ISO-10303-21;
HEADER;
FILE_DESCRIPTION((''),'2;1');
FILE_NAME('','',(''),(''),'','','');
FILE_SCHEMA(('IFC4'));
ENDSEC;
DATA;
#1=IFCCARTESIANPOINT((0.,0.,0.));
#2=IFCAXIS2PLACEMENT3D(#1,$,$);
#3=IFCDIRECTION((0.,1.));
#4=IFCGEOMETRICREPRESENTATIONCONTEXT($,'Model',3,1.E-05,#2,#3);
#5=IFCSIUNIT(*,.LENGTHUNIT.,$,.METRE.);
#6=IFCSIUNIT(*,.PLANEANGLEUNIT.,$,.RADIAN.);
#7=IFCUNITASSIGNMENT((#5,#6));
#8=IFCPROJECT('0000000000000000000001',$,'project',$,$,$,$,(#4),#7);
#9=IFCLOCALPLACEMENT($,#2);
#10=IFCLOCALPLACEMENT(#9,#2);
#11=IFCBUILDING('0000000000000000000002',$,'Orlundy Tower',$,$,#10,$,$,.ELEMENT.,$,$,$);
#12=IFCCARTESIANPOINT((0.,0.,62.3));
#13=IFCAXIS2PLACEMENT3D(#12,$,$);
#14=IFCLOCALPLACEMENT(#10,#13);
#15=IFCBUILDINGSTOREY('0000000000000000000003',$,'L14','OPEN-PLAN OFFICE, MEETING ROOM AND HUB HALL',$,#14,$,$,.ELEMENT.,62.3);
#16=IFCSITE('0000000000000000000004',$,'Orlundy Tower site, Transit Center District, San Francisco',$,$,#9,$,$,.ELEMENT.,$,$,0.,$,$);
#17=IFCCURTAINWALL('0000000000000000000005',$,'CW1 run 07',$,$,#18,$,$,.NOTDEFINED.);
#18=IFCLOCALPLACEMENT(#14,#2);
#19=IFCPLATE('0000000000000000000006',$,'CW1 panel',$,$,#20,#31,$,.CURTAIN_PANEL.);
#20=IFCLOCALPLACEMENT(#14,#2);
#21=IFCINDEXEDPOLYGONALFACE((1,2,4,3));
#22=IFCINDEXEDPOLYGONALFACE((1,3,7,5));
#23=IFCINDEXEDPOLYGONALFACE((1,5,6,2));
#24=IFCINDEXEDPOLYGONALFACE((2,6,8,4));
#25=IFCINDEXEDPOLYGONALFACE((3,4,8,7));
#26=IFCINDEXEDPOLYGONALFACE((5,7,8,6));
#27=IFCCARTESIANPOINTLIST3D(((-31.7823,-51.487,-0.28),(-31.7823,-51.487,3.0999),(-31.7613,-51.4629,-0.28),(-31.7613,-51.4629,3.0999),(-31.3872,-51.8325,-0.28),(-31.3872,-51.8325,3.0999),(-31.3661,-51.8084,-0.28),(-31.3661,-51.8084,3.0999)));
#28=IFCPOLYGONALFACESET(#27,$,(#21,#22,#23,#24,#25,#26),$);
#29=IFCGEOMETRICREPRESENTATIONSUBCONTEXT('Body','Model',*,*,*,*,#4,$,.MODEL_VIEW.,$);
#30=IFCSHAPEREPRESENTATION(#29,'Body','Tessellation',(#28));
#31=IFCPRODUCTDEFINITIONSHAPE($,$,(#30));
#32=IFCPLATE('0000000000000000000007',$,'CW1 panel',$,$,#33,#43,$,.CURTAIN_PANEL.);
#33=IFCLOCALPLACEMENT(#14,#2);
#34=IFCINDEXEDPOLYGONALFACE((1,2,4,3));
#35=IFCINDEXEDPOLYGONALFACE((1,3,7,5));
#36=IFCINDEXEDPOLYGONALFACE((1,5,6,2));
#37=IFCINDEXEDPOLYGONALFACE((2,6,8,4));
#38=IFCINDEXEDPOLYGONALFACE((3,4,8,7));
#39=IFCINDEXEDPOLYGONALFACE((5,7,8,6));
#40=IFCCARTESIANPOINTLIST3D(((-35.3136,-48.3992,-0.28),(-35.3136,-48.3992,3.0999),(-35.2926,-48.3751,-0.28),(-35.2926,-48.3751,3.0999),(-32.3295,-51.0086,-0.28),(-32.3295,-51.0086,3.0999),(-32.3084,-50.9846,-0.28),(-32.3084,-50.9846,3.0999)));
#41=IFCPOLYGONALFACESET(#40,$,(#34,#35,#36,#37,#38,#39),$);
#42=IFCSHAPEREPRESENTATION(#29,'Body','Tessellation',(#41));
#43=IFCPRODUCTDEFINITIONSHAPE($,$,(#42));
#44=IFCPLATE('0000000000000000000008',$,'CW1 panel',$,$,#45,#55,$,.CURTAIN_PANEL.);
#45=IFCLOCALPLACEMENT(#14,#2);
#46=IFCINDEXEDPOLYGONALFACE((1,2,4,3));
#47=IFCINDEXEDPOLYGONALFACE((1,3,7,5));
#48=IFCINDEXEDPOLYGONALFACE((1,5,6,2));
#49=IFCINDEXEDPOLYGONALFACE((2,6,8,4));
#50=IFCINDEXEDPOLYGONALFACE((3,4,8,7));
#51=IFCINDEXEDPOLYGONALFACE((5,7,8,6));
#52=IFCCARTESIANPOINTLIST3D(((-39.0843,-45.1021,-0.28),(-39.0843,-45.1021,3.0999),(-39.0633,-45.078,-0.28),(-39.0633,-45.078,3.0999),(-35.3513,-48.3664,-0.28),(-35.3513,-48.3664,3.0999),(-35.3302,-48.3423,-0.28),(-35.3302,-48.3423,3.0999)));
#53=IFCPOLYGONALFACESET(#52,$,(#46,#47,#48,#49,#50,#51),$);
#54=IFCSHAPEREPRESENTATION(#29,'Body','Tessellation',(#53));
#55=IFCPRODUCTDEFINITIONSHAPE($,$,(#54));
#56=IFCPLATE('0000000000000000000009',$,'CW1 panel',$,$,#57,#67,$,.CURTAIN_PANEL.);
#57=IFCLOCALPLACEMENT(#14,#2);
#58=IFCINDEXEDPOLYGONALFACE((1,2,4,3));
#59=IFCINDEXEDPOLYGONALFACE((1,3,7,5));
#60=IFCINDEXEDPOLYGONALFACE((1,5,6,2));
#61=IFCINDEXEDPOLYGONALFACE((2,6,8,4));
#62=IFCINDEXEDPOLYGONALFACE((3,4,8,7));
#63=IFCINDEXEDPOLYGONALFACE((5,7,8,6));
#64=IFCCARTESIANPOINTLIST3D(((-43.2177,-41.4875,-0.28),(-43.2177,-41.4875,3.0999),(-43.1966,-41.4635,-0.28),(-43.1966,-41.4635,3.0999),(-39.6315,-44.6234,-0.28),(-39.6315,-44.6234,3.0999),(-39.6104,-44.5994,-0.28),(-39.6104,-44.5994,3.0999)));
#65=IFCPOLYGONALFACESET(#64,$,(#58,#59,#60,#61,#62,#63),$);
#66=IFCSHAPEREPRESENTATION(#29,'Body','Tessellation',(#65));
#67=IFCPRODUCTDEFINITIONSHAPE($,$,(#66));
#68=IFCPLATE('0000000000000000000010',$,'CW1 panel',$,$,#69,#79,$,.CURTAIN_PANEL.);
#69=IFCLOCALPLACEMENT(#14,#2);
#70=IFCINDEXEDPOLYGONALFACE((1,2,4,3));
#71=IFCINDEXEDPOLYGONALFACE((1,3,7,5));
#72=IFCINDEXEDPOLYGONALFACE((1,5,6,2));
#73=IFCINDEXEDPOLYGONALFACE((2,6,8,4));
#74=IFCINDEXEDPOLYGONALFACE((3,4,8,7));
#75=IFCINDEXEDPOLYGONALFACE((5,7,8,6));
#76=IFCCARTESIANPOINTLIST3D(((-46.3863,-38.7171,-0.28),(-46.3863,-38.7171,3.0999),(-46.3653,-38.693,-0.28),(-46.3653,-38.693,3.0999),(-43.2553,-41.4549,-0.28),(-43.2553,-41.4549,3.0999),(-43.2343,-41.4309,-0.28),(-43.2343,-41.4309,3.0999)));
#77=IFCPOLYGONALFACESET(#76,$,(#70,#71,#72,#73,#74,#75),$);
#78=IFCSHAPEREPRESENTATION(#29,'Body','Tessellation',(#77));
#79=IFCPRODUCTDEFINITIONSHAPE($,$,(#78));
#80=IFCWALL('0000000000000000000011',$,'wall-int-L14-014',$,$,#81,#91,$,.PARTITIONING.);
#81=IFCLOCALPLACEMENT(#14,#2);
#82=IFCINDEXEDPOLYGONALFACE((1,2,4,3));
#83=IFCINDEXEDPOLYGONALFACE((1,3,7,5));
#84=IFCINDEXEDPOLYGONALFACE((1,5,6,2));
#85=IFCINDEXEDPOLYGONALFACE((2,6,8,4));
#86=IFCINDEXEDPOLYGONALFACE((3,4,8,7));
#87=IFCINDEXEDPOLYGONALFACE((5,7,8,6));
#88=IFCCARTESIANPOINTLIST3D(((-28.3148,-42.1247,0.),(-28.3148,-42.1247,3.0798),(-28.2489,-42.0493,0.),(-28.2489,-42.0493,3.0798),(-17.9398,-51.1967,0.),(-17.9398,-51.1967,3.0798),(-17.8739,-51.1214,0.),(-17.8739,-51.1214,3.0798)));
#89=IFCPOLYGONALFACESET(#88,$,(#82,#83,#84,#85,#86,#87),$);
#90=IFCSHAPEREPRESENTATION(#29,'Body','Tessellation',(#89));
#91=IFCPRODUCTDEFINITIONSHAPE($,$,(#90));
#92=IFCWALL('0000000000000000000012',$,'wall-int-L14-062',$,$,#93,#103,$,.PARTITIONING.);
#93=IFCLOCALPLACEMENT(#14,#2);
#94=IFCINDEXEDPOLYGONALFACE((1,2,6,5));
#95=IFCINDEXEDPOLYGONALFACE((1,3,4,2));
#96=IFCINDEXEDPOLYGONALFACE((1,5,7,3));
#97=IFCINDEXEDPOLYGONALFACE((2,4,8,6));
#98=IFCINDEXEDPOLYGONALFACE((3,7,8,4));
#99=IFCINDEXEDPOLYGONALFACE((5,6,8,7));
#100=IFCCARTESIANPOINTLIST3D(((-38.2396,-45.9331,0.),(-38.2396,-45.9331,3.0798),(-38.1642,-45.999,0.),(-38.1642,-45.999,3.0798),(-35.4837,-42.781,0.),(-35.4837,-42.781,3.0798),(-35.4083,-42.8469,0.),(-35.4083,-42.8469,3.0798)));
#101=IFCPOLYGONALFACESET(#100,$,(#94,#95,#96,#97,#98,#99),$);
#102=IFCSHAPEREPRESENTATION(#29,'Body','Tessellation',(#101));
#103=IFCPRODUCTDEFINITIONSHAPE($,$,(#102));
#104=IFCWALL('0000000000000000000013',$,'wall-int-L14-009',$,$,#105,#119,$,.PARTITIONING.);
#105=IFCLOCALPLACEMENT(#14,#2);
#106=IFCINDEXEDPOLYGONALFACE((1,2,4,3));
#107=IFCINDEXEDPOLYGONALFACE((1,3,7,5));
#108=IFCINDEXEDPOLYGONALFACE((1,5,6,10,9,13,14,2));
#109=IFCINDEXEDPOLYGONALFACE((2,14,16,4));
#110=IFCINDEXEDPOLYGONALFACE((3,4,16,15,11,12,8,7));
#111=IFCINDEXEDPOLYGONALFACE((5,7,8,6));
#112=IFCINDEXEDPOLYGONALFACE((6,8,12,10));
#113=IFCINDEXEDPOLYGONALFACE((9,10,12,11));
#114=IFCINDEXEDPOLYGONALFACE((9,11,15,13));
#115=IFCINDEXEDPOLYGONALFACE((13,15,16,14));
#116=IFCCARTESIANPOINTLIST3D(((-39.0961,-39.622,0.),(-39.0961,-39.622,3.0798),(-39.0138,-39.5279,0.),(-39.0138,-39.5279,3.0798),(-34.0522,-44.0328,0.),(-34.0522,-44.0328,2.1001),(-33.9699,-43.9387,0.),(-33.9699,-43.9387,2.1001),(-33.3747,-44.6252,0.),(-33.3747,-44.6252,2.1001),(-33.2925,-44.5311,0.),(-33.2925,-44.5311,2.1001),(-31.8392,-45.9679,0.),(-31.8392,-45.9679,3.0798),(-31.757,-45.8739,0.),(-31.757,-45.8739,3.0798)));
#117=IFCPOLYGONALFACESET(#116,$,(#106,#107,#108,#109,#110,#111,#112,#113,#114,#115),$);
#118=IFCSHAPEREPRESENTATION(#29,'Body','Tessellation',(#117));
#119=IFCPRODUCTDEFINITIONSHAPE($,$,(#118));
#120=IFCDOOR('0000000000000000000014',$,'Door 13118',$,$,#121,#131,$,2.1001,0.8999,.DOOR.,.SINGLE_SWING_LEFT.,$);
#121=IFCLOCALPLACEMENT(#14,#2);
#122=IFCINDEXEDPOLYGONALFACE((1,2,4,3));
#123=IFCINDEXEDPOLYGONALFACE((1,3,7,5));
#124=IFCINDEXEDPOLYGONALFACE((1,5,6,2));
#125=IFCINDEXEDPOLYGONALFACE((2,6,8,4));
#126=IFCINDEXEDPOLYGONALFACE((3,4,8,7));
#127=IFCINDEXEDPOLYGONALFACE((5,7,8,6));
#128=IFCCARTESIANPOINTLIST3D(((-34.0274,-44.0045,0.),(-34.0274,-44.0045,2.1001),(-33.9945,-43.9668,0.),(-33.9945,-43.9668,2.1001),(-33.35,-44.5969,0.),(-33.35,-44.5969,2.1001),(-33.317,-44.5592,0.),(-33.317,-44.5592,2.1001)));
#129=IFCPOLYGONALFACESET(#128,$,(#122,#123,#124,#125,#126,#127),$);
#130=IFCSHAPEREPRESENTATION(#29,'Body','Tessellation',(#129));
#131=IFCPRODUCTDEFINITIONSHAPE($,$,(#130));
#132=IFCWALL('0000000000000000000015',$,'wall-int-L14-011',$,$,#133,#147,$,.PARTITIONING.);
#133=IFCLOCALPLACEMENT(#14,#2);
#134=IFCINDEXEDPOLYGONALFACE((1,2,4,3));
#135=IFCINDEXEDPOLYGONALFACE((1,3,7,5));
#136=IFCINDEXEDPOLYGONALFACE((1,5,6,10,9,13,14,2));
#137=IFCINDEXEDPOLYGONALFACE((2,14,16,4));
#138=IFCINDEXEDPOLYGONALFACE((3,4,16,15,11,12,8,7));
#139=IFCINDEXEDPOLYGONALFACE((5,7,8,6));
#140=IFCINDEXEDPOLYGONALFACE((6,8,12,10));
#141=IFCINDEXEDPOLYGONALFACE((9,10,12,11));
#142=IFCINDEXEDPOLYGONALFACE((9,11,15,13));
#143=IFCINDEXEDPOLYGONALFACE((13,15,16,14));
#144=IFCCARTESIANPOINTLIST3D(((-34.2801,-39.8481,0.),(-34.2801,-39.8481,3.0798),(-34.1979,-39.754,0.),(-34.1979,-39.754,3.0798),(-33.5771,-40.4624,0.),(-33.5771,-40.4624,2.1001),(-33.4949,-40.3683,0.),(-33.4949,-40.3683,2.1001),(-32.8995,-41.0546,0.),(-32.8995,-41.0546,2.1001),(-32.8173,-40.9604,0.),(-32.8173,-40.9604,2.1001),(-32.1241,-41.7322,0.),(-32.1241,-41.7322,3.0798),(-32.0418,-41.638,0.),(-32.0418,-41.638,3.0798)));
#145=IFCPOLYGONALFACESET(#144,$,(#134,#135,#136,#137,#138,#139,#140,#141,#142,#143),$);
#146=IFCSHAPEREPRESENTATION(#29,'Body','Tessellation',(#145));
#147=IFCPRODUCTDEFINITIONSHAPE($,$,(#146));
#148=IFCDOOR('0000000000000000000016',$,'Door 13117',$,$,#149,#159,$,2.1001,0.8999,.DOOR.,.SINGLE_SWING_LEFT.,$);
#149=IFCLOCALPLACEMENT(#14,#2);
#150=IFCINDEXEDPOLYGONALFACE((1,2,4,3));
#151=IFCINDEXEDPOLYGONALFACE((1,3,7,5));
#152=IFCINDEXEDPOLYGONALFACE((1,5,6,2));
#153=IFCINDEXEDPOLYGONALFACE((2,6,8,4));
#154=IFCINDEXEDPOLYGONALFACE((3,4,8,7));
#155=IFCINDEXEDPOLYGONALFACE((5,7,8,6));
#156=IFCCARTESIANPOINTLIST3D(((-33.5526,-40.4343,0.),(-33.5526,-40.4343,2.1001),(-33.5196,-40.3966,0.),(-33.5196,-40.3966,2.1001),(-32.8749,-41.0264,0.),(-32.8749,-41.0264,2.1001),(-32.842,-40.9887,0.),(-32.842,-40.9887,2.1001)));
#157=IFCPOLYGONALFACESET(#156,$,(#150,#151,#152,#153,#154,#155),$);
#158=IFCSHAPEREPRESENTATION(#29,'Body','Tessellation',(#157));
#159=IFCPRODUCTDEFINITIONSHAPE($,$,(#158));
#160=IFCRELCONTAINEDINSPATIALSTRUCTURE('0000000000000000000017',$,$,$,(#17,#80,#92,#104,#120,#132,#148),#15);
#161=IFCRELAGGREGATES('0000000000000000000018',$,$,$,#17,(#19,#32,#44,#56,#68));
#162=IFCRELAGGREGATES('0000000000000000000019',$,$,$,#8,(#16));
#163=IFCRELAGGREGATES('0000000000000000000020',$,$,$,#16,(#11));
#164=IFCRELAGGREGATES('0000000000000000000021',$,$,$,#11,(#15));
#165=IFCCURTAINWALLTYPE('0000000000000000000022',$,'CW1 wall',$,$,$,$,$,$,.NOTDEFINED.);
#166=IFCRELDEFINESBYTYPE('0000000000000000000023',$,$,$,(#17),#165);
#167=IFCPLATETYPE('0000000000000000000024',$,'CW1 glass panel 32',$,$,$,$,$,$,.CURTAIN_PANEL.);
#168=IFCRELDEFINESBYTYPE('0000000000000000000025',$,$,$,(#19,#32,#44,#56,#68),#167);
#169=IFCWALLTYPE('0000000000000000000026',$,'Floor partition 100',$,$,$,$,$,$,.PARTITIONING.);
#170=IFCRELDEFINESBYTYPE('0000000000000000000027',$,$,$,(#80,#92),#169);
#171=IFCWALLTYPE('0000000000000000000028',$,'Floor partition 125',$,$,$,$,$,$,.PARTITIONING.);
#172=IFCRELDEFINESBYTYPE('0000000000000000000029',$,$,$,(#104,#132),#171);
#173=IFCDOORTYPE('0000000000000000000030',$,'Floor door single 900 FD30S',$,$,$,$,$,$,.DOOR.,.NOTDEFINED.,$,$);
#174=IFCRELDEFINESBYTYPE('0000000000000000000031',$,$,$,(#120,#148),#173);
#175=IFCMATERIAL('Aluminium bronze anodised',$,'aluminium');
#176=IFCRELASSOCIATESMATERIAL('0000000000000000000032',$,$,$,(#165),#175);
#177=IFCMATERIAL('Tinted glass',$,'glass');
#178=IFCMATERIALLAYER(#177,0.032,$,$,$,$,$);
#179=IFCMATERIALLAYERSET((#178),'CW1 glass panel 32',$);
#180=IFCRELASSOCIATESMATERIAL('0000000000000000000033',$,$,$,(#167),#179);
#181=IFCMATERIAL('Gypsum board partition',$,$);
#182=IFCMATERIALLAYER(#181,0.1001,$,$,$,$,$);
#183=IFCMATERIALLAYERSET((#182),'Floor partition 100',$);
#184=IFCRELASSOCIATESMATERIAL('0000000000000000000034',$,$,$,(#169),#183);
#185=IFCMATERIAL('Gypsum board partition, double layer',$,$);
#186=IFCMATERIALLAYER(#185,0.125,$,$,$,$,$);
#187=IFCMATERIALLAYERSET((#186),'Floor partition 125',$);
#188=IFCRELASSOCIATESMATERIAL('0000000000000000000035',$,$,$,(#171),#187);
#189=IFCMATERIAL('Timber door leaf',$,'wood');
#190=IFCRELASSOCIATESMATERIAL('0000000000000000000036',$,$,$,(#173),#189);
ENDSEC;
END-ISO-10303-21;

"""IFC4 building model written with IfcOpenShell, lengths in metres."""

from ifc_helpers import new_model, si_unit, direction, frame, frame_2d, origin, origin_2d, place, context, subcontext, project, spatial, rectangle, extrude, material, layer, layer_set, type_object, element, fill, aggregate, save


model = new_model("IFC4")

# Units and contexts
model_context = context("Model", 3, precision=1e-05, world=origin(), true_north=direction((0.0, 1.0)))
body_context = subcontext(model_context, "Body", "Model", "MODEL_VIEW")
ifc_project = project(units=[si_unit("LENGTHUNIT", "METRE"), si_unit("PLANEANGLEUNIT", "RADIAN")], contexts=[model_context])

# Site, building, storey
site_placement = place(None, origin())
site = spatial("IfcSite", under=ifc_project, at=site_placement, Name="Orlundy Tower site, Transit Center District, San Francisco", CompositionType="ELEMENT", RefElevation=0.0)
building_placement = place(site_placement, origin())
building = spatial("IfcBuilding", under=site, at=building_placement, Name="Orlundy Tower", CompositionType="ELEMENT")
storey_placement = place(building_placement, frame((0.0, 0.0, 62.3)))
storey = spatial("IfcBuildingStorey", under=building, at=storey_placement, Name="L14", Description="OPEN-PLAN OFFICE, MEETING ROOM AND HUB HALL", CompositionType="ELEMENT", Elevation=62.3)

# Shared definitions
ifc_material_1 = material(Name="Aluminium bronze anodised", Category="aluminium")
curtain_wall_type = type_object("IfcCurtainWallType", Name="CW1 wall", PredefinedType="NOTDEFINED", material=ifc_material_1)

# Curtain wall
curtain_wall_1_placement = place(storey_placement, origin())
curtain_wall_1 = element("IfcCurtainWall", 1, at=curtain_wall_1_placement, inside=storey, type_object=curtain_wall_type, Name="CW1 run 07", PredefinedType="NOTDEFINED")

# Plates
ifc_material_2 = material(Name="Tinted glass", Category="glass")
ifc_layer_1 = layer(ifc_material_2, 0.032)
ifc_layer_set_1 = layer_set([ifc_layer_1], Name="CW1 glass panel 32")
plate_type = type_object("IfcPlateType", Name="CW1 glass panel 32", PredefinedType="CURTAIN_PANEL", material=ifc_layer_set_1)
plate_1_placement = place(storey_placement, frame((-31.5742, -51.6477, -0.28), z_axis=(0.0, 0.0, 1.0), x_axis=(-0.752789, 0.658262, 0.0)))
plate_1 = element("IfcPlate", 2, at=plate_1_placement, type_object=plate_type, Name="CW1 panel", PredefinedType="CURTAIN_PANEL", context=body_context, shape_type="SweptSolid", body=[
    extrude(rectangle(XDim=0.5249, YDim=0.032, at=origin_2d()), origin(), (0.0, 0.0, 1.0), 3.3799),
])
plate_2_placement = place(storey_placement, frame((-33.811, -49.6919, -0.28), z_axis=(0.0, 0.0, 1.0), x_axis=(-0.752789, 0.658262, 0.0)))
plate_2 = element("IfcPlate", 3, at=plate_2_placement, type_object=plate_type, Name="CW1 panel", PredefinedType="CURTAIN_PANEL", context=body_context, shape_type="SweptSolid", body=[
    extrude(rectangle(XDim=3.9641, YDim=0.032, at=origin_2d()), origin(), (0.0, 0.0, 1.0), 3.3799),
])
plate_3_placement = place(storey_placement, frame((-37.2073, -46.7222, -0.28), z_axis=(0.0, 0.0, 1.0), x_axis=(-0.752789, 0.658262, 0.0)))
plate_3 = element("IfcPlate", 4, at=plate_3_placement, type_object=plate_type, Name="CW1 panel", PredefinedType="CURTAIN_PANEL", context=body_context, shape_type="SweptSolid", body=[
    extrude(rectangle(XDim=4.959, YDim=0.032, at=origin_2d()), origin(), (0.0, 0.0, 1.0), 3.3799),
])
plate_4_placement = place(storey_placement, frame((-41.4141, -43.0435, -0.28), z_axis=(0.0, 0.0, 1.0), x_axis=(-0.752789, 0.658262, 0.0)))
plate_4 = element("IfcPlate", 5, at=plate_4_placement, type_object=plate_type, Name="CW1 panel", PredefinedType="CURTAIN_PANEL", context=body_context, shape_type="SweptSolid", body=[
    extrude(rectangle(XDim=4.7639, YDim=0.032, at=origin_2d()), origin(), (0.0, 0.0, 1.0), 3.3799),
])
plate_5_placement = place(storey_placement, frame((-44.8103, -40.074, -0.28), z_axis=(0.0, 0.0, 1.0), x_axis=(-0.752789, 0.658262, 0.0)))
plate_5 = element("IfcPlate", 6, at=plate_5_placement, type_object=plate_type, Name="CW1 panel", PredefinedType="CURTAIN_PANEL", context=body_context, shape_type="SweptSolid", body=[
    extrude(rectangle(XDim=4.1592, YDim=0.032, at=origin_2d()), origin(), (0.0, 0.0, 1.0), 3.3799),
])
aggregate(curtain_wall_1, [plate_1, plate_2, plate_3, plate_4, plate_5])

# Walls
ifc_material_3 = material(Name="Gypsum board partition")
ifc_layer_2 = layer(ifc_material_3, 0.1001)
ifc_layer_set_2 = layer_set([ifc_layer_2], Name="Floor partition 100")
wall_type_1 = type_object("IfcWallType", Name="Floor partition 100", PredefinedType="PARTITIONING", material=ifc_layer_set_2)
wall_1_placement = place(storey_placement, frame((-28.282, -42.0869, 0.0), z_axis=(0.0, 0.0, 1.0), x_axis=(0.752796, -0.658254, 0.0)))
element("IfcWall", 7, at=wall_1_placement, inside=storey, type_object=wall_type_1, Name="wall-int-L14-014", PredefinedType="PARTITIONING", context=body_context, shape_type="SweptSolid", body=[
    extrude(rectangle(XDim=13.782, YDim=0.1001, at=frame_2d((6.8911, 0.0))), origin(), (0.0, 0.0, 1.0), 3.0798),
])
wall_2_placement = place(storey_placement, frame((-38.2019, -45.9661, 0.0), z_axis=(0.0, 0.0, 1.0), x_axis=(0.658203, 0.75284, 0.0)))
element("IfcWall", 8, at=wall_2_placement, inside=storey, type_object=wall_type_1, Name="wall-int-L14-062", PredefinedType="PARTITIONING", context=body_context, shape_type="SweptSolid", body=[
    extrude(rectangle(XDim=4.187, YDim=0.1001, at=frame_2d((2.0935, 0.0))), origin(), (0.0, 0.0, 1.0), 3.0798),
])

# Walls, openings, doors
ifc_material_4 = material(Name="Gypsum board partition, double layer")
ifc_layer_3 = layer(ifc_material_4, 0.125)
ifc_layer_set_3 = layer_set([ifc_layer_3], Name="Floor partition 125")
wall_type_2 = type_object("IfcWallType", Name="Floor partition 125", PredefinedType="PARTITIONING", material=ifc_layer_set_3)
wall_3_placement = place(storey_placement, frame((-31.7981, -45.9209, 0.0), z_axis=(0.0, 0.0, 1.0), x_axis=(-0.752771, 0.658282, 0.0)))
wall_3 = element("IfcWall", 9, at=wall_3_placement, inside=storey, type_object=wall_type_2, Name="wall-int-L14-009", PredefinedType="PARTITIONING", context=body_context, shape_type="SweptSolid", body=[
    extrude(rectangle(XDim=9.6401, YDim=0.125, at=frame_2d((4.8201, 0.0))), origin(), (0.0, 0.0, 1.0), 3.0798),
])
opening_1_placement = place(wall_3_placement, frame((2.0398, 0.0, 0.0)))
opening_1 = element("IfcOpeningElement", 10, at=opening_1_placement, cuts=wall_3, PredefinedType="OPENING", context=body_context, shape_type="SweptSolid", body=[
    extrude(rectangle(XDim=0.8999, YDim=2.1001, at=frame_2d((0.45, 1.05))), frame((0.0, 0.0725, 0.0), z_axis=(0.0, -1.0, 0.0), x_axis=(1.0, 0.0, 0.0)), (0.0, 0.0, 1.0), 0.145),
])
ifc_material_5 = material(Name="Timber door leaf", Category="wood")
door_type = type_object("IfcDoorType", Name="Floor door single 900 FD30S", OperationType="NOTDEFINED", PredefinedType="DOOR", material=ifc_material_5)
door_1_placement = place(opening_1_placement, origin())
door_1 = element("IfcDoor", 11, at=door_1_placement, inside=storey, type_object=door_type, Name="Door 13118", OperationType="SINGLE_SWING_LEFT", OverallHeight=2.1001, OverallWidth=0.8999, PredefinedType="DOOR", context=body_context, shape_type="SweptSolid", body=[
    extrude(rectangle(XDim=0.8999, YDim=2.1001, at=frame_2d((0.45, 1.05))), frame((0.0, 0.0249, 0.0), z_axis=(0.0, -1.0, 0.0), x_axis=(1.0, 0.0, 0.0)), (0.0, 0.0, 1.0), 0.05),
])
fill(opening_1, door_1)
wall_4_placement = place(storey_placement, frame((-34.239, -39.801, 0.0), z_axis=(0.0, 0.0, 1.0), x_axis=(0.753004, -0.658015, 0.0)))
wall_4 = element("IfcWall", 12, at=wall_4_placement, inside=storey, type_object=wall_type_2, Name="wall-int-L14-011", PredefinedType="PARTITIONING", context=body_context, shape_type="SweptSolid", body=[
    extrude(rectangle(XDim=2.8633, YDim=0.125, at=frame_2d((1.4316, 0.0))), origin(), (0.0, 0.0, 1.0), 3.0798),
])
opening_2_placement = place(wall_4_placement, frame((0.9336, 0.0, 0.0)))
opening_2 = element("IfcOpeningElement", 13, at=opening_2_placement, cuts=wall_4, PredefinedType="OPENING", context=body_context, shape_type="SweptSolid", body=[
    extrude(rectangle(XDim=0.8999, YDim=2.1001, at=frame_2d((0.45, 1.05))), frame((0.0, 0.0725, 0.0), z_axis=(0.0, -1.0, 0.0), x_axis=(1.0, 0.0, 0.0)), (0.0, 0.0, 1.0), 0.145),
])
door_2_placement = place(opening_2_placement, origin())
door_2 = element("IfcDoor", 14, at=door_2_placement, inside=storey, type_object=door_type, Name="Door 13117", OperationType="SINGLE_SWING_LEFT", OverallHeight=2.1001, OverallWidth=0.8999, PredefinedType="DOOR", context=body_context, shape_type="SweptSolid", body=[
    extrude(rectangle(XDim=0.8999, YDim=2.1001, at=frame_2d((0.45, 1.05))), frame((0.0, 0.0249, 0.0), z_axis=(0.0, -1.0, 0.0), x_axis=(1.0, 0.0, 0.0)), (0.0, 0.0, 1.0), 0.05),
])
fill(opening_2, door_2)

save(model, "model.ifc")
